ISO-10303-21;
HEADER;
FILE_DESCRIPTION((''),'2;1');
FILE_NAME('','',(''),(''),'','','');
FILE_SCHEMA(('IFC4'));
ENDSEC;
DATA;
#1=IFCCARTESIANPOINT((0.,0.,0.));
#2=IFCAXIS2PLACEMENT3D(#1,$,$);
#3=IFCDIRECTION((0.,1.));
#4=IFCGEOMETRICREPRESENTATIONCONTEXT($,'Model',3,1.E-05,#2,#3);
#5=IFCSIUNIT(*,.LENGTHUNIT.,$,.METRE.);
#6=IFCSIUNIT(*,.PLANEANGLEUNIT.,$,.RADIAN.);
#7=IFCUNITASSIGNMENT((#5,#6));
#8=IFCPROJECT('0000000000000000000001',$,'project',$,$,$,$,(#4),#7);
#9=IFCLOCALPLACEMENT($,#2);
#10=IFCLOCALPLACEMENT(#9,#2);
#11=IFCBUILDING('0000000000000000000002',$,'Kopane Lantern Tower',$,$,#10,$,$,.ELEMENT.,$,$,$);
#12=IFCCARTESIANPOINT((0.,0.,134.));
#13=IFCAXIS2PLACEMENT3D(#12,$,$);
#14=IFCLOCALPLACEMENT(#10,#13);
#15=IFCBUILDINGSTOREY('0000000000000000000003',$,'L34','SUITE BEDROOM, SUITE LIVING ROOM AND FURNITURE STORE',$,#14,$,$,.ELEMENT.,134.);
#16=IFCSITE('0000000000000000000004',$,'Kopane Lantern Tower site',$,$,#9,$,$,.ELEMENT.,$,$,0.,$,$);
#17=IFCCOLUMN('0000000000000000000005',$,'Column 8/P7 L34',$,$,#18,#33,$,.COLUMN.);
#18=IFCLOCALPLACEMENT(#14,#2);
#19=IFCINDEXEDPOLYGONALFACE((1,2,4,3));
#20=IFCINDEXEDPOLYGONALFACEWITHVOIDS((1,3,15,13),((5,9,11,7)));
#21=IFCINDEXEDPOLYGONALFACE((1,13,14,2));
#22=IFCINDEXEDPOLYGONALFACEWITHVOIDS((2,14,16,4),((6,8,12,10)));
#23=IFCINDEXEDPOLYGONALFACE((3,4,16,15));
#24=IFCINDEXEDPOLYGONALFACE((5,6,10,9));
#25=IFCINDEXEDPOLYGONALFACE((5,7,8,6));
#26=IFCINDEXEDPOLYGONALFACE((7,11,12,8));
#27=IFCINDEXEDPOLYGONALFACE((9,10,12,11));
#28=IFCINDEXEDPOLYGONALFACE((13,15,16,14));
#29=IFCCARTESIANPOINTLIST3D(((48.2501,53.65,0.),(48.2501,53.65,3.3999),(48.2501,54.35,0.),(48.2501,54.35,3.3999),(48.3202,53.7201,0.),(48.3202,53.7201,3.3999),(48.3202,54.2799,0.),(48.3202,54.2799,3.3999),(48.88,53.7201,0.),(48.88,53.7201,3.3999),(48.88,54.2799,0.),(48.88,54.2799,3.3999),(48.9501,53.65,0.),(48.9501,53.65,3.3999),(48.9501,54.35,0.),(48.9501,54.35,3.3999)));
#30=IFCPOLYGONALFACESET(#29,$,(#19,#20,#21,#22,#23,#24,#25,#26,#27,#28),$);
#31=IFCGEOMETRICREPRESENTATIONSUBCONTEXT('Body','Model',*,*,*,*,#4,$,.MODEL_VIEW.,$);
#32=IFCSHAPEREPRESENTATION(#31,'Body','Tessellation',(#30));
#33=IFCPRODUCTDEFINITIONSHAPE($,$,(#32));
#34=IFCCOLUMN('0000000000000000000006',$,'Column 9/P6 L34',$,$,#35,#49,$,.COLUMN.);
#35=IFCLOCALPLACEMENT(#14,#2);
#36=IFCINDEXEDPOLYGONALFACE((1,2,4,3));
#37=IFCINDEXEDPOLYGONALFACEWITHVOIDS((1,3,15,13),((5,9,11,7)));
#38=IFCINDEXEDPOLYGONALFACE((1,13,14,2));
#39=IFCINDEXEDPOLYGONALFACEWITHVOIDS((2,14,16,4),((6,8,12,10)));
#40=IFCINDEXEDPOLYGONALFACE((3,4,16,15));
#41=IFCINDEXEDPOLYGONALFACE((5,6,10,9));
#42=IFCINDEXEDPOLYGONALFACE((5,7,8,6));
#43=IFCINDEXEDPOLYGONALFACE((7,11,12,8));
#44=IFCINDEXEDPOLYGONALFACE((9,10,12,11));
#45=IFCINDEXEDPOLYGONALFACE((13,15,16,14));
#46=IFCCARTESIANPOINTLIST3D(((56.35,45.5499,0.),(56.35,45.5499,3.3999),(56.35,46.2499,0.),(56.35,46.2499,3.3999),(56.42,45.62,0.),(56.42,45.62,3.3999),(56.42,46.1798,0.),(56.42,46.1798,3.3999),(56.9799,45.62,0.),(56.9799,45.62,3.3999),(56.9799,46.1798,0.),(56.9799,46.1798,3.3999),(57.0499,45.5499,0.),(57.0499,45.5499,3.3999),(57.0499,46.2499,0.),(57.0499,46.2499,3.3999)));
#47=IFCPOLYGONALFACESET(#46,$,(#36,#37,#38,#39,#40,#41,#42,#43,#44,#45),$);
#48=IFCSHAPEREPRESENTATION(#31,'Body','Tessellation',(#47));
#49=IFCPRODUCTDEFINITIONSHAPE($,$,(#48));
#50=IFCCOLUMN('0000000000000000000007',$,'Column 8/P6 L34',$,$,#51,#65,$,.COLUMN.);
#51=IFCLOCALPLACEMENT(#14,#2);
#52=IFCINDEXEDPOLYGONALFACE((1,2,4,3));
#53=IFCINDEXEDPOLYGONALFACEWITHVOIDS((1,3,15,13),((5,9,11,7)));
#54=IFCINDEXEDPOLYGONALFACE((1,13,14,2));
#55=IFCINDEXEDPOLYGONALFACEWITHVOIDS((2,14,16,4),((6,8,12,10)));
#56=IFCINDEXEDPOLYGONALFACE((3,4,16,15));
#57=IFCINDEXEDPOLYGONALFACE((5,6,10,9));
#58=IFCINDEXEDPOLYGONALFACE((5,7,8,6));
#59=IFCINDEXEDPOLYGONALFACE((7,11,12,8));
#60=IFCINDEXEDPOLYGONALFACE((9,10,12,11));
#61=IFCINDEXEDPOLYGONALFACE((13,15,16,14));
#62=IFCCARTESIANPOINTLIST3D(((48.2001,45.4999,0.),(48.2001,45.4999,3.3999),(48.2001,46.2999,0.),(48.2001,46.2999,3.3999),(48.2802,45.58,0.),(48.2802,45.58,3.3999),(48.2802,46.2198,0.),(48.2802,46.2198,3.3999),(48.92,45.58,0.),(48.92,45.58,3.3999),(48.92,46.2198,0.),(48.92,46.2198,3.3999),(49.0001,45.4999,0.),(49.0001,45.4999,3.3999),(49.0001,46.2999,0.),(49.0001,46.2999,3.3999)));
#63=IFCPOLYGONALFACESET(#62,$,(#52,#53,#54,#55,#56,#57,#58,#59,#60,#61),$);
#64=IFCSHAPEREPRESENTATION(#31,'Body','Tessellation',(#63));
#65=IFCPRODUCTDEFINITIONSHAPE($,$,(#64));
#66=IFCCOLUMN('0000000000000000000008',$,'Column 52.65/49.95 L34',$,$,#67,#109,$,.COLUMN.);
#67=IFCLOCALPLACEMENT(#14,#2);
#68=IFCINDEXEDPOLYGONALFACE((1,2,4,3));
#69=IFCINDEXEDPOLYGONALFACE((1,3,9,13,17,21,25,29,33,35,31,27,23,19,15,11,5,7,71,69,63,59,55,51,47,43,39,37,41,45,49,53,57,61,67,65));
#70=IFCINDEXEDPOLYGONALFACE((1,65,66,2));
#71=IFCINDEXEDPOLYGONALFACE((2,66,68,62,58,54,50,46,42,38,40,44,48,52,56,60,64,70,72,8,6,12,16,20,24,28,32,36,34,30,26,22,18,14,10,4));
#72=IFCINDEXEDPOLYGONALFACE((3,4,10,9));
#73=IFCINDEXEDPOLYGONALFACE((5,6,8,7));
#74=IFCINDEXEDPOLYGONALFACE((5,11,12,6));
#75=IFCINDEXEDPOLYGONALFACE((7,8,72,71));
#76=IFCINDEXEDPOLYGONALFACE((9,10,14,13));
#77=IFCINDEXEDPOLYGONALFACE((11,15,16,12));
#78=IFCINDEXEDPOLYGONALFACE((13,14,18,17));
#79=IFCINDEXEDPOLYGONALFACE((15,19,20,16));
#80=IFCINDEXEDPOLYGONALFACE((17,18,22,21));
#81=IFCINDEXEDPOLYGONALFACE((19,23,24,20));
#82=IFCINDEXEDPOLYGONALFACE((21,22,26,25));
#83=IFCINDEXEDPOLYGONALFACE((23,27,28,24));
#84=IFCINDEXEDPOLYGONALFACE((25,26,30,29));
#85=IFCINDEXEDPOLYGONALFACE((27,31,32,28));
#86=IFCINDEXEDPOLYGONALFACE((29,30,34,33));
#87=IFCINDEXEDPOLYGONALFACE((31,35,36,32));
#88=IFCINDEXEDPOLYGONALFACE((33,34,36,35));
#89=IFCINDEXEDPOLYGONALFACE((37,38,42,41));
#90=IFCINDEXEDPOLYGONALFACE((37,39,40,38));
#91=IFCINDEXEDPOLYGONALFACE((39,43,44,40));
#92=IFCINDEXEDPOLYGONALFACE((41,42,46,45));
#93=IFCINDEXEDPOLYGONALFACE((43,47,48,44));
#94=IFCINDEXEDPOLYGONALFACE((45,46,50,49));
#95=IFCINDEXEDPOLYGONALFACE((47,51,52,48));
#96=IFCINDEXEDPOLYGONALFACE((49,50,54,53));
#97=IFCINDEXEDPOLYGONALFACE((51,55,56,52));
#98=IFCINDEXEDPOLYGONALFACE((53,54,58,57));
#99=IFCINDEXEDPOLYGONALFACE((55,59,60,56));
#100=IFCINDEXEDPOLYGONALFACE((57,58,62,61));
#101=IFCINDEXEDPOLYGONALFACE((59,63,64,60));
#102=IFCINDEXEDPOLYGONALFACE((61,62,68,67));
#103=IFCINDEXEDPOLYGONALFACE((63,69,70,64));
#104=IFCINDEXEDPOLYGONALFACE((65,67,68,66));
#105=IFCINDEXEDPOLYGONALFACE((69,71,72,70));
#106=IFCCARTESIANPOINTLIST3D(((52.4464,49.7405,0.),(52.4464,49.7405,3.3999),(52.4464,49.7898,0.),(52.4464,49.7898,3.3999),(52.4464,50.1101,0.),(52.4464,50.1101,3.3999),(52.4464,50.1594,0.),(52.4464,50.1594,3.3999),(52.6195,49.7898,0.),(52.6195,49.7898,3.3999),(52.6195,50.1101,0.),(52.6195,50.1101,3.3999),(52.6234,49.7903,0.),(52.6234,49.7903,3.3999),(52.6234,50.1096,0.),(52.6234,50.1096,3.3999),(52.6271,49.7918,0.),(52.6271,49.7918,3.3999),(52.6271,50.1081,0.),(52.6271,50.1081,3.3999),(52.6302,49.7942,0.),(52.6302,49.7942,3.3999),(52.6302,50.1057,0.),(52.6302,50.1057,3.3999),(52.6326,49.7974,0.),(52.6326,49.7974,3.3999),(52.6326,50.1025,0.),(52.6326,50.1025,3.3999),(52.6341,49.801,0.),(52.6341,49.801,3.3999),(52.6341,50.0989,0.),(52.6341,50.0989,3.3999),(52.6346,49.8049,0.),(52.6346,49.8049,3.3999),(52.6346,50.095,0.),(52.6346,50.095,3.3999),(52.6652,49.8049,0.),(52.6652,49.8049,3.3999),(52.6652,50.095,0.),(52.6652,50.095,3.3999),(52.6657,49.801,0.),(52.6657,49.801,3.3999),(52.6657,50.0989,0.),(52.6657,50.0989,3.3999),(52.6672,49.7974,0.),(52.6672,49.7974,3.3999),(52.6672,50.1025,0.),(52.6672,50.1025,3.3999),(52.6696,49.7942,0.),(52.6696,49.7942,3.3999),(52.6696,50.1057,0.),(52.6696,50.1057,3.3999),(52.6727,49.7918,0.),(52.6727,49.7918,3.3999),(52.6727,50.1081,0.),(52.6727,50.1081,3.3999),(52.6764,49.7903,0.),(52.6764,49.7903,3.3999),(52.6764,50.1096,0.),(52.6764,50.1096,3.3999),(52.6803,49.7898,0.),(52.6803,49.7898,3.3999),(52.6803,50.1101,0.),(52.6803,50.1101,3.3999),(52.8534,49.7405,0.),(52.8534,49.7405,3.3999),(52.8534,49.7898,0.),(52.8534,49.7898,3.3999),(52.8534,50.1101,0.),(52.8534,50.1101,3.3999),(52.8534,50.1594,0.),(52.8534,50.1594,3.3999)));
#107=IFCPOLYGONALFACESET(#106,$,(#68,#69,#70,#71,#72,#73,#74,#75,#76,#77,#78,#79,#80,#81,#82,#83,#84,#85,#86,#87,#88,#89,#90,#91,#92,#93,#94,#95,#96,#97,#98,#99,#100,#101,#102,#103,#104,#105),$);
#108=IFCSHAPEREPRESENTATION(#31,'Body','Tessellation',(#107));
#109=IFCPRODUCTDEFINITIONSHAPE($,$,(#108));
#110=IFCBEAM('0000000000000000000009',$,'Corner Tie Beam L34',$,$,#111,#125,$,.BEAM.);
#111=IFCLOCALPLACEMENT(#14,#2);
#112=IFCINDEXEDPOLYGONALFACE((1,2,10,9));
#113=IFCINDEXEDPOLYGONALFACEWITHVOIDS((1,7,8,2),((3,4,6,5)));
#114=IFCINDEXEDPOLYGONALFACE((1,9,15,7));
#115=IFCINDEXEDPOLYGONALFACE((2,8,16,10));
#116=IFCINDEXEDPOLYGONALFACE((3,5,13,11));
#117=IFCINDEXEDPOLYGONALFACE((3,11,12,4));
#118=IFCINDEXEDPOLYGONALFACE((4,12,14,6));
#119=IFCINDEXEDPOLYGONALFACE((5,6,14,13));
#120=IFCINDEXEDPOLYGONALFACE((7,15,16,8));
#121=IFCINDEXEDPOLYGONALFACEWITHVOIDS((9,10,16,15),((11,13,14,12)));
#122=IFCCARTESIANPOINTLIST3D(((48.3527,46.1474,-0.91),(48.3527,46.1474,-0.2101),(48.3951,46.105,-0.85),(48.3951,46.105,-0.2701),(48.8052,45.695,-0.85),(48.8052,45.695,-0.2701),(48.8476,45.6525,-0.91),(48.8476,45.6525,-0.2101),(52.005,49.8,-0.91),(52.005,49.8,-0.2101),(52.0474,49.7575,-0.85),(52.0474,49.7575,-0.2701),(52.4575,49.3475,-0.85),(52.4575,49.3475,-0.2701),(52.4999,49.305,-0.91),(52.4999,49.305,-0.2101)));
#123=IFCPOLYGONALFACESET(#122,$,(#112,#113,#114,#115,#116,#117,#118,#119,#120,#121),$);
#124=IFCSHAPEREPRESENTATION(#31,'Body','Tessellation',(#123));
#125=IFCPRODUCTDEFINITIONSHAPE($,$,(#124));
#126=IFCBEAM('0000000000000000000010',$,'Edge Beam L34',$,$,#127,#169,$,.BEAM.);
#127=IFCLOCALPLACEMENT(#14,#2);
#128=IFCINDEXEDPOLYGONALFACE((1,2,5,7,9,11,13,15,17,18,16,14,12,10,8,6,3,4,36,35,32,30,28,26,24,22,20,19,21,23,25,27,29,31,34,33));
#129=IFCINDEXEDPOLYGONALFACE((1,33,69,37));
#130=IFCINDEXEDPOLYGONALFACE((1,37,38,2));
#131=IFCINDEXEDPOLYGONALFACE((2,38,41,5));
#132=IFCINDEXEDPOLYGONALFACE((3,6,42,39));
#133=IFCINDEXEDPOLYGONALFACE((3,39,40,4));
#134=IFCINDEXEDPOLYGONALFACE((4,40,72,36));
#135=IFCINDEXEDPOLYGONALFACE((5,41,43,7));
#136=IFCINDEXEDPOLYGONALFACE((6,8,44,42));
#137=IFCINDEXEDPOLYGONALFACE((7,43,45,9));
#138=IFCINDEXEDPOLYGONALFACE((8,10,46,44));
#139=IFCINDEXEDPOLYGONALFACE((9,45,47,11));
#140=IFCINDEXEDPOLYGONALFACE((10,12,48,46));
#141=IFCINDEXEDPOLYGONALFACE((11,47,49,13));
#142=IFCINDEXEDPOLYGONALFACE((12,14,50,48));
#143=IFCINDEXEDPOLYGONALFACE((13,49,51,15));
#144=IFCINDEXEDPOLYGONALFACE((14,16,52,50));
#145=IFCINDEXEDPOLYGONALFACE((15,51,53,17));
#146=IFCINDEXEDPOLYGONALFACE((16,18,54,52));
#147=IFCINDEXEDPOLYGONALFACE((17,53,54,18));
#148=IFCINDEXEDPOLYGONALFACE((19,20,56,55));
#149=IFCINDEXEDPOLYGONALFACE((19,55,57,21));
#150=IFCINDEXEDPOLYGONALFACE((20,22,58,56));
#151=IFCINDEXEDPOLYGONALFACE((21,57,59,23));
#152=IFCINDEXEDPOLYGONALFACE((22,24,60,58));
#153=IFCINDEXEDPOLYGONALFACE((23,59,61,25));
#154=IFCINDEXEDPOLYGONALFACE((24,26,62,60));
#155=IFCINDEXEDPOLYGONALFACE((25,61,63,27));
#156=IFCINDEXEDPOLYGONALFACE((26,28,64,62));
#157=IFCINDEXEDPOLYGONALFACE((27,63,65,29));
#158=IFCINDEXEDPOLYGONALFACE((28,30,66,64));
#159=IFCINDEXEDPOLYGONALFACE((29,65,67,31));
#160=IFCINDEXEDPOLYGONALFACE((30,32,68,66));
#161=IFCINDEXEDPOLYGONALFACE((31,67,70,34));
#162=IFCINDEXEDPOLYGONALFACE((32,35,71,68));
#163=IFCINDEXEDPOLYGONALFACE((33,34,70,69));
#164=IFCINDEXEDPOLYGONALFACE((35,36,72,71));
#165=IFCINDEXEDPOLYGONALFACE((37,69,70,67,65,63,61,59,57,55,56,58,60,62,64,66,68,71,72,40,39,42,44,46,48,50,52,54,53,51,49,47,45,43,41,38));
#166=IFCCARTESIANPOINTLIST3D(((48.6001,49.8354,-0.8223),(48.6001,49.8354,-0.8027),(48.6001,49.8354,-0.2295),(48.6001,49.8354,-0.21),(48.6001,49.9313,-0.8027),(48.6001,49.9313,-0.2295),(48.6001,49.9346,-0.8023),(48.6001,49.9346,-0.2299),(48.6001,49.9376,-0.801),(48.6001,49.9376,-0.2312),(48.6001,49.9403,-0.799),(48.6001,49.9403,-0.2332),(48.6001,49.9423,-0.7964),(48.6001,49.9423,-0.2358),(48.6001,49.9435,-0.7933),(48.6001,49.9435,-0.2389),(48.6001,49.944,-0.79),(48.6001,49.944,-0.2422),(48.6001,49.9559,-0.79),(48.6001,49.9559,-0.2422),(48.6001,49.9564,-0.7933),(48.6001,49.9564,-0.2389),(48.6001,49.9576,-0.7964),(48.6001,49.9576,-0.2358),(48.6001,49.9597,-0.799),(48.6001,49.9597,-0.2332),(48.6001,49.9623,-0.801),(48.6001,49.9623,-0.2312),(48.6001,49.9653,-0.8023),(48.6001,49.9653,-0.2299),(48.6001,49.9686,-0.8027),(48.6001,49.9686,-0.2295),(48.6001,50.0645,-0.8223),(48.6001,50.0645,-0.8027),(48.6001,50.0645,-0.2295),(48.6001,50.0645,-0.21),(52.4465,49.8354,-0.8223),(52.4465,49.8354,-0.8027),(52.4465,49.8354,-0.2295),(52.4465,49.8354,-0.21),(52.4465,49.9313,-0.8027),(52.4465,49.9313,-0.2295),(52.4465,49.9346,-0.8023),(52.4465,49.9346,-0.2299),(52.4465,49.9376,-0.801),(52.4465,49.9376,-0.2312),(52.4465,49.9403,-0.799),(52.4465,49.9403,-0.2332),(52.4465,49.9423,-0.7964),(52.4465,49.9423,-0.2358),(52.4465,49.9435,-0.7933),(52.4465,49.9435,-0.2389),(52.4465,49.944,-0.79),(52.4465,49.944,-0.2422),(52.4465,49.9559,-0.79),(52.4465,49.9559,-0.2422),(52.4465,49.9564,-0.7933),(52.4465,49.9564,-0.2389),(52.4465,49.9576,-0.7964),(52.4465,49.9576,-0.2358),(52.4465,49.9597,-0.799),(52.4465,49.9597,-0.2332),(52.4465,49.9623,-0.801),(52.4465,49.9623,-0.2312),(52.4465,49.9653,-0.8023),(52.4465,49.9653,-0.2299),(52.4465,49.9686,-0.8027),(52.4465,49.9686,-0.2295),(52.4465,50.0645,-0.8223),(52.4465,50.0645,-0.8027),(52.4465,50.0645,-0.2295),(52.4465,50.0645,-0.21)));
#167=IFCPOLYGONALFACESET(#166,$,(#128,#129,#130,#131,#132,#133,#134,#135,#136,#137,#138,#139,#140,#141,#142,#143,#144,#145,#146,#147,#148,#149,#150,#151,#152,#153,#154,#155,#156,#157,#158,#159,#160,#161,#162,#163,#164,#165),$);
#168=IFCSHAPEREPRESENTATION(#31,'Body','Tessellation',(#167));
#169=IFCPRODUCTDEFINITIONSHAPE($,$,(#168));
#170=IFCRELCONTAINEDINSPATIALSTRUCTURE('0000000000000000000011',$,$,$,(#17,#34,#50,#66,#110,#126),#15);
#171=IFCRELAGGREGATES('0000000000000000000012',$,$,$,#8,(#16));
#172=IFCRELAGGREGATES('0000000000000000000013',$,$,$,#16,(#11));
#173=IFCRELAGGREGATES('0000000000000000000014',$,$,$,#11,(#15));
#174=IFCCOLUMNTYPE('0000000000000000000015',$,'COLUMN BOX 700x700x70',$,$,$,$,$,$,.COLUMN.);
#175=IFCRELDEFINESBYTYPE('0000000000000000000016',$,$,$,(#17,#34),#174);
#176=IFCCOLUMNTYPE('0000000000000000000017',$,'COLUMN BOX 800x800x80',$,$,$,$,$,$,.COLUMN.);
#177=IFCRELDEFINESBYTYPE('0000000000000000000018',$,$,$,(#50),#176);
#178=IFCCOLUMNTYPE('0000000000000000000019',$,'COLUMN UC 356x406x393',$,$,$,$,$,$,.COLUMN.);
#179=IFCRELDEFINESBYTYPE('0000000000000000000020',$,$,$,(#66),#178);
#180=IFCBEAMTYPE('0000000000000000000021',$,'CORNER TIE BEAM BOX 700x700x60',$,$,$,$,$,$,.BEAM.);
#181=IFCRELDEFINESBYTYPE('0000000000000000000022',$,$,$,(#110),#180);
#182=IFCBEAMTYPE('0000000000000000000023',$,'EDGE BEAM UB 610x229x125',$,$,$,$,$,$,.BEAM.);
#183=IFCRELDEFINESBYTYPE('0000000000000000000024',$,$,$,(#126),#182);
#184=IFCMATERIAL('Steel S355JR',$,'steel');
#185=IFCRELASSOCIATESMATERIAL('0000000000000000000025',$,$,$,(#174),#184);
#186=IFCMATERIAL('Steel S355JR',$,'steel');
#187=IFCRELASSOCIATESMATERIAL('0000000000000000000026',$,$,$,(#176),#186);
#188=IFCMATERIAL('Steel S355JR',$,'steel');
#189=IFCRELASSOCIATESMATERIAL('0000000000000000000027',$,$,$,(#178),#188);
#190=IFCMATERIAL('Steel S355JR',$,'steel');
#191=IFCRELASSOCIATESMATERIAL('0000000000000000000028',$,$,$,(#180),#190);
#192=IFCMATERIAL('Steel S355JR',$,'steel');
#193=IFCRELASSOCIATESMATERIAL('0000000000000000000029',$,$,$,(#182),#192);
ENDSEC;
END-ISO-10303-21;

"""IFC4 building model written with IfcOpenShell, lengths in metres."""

from ifc_helpers import new_model, si_unit, direction, frame, origin, origin_2d, place, context, subcontext, project, spatial, hollow_rectangle, i_section, extrude, material, material_profile, profile_set, type_object, element, save


model = new_model("IFC4")

# Units and contexts
model_context = context("Model", 3, precision=1e-05, world=origin(), true_north=direction((0.0, 1.0)))
body_context = subcontext(model_context, "Body", "Model", "MODEL_VIEW")
ifc_project = project(units=[si_unit("LENGTHUNIT", "METRE"), si_unit("PLANEANGLEUNIT", "RADIAN")], contexts=[model_context])

# Site, building, storey
site_placement = place(None, origin())
site = spatial("IfcSite", under=ifc_project, at=site_placement, Name="Kopane Lantern Tower site", CompositionType="ELEMENT", RefElevation=0.0)
building_placement = place(site_placement, origin())
building = spatial("IfcBuilding", under=site, at=building_placement, Name="Kopane Lantern Tower", CompositionType="ELEMENT")
storey_placement = place(building_placement, frame((0.0, 0.0, 134.0)))
storey = spatial("IfcBuildingStorey", under=building, at=storey_placement, Name="L34", Description="SUITE BEDROOM, SUITE LIVING ROOM AND FURNITURE STORE", CompositionType="ELEMENT", Elevation=134.0)

# Columns
ifc_material_1 = material(Name="Steel S355JR", Category="steel")
ifc_material_profile_1 = material_profile(ifc_material_1, hollow_rectangle(XDim=0.7, YDim=0.7, WallThickness=0.0701, at=origin_2d()), Name="BOX 700x700x70")
ifc_profile_set_1 = profile_set([ifc_material_profile_1], Name="Steel S355JR")
column_type_1 = type_object("IfcColumnType", Name="COLUMN BOX 700x700x70", PredefinedType="COLUMN", material=ifc_profile_set_1)
for number, where, z_axis, x_axis, name in (
    (1, (48.6001, 54.0, 0.0), (0.0, 0.0, 1.0), (1.0, 0.0, 0.0), "Column 8/P7 L34"),
    (2, (56.7, 45.8999, 0.0), (0.0, 0.0, 1.0), (1.0, 0.0, 0.0), "Column 9/P6 L34"),
):
    element("IfcColumn", number, at=place(storey_placement, frame(where, z_axis=z_axis, x_axis=x_axis)), inside=storey, type_object=column_type_1, Name=name, PredefinedType="COLUMN", context=body_context, shape_type="SweptSolid", body=[
        extrude(hollow_rectangle(XDim=0.7, YDim=0.7, WallThickness=0.0701, at=origin_2d()), origin(), (0.0, 0.0, 1.0), 3.3999),
    ])
ifc_material_2 = material(Name="Steel S355JR", Category="steel")
ifc_material_profile_2 = material_profile(ifc_material_2, hollow_rectangle(XDim=0.8, YDim=0.8, WallThickness=0.0801, at=origin_2d()), Name="BOX 800x800x80")
ifc_profile_set_2 = profile_set([ifc_material_profile_2], Name="Steel S355JR")
column_type_2 = type_object("IfcColumnType", Name="COLUMN BOX 800x800x80", PredefinedType="COLUMN", material=ifc_profile_set_2)
column_1_placement = place(storey_placement, frame((48.6001, 45.8999, 0.0), z_axis=(0.0, 0.0, 1.0), x_axis=(1.0, 0.0, 0.0)))
element("IfcColumn", 3, at=column_1_placement, inside=storey, type_object=column_type_2, Name="Column 8/P6 L34", PredefinedType="COLUMN", context=body_context, shape_type="SweptSolid", body=[
    extrude(hollow_rectangle(XDim=0.8, YDim=0.8, WallThickness=0.0801, at=origin_2d()), origin(), (0.0, 0.0, 1.0), 3.3999),
])
ifc_material_3 = material(Name="Steel S355JR", Category="steel")
ifc_material_profile_3 = material_profile(ifc_material_3, i_section(OverallWidth=0.407, OverallDepth=0.4189, WebThickness=0.0305, FlangeThickness=0.0493, FilletRadius=0.0151, at=origin_2d()), Name="UC 356x406x393")
ifc_profile_set_3 = profile_set([ifc_material_profile_3], Name="Steel S355JR")
column_type_3 = type_object("IfcColumnType", Name="COLUMN UC 356x406x393", PredefinedType="COLUMN", material=ifc_profile_set_3)
column_2_placement = place(storey_placement, frame((52.6499, 49.95, 0.0), z_axis=(0.0, 0.0, 1.0), x_axis=(1.0, 0.0, 0.0)))
element("IfcColumn", 4, at=column_2_placement, inside=storey, type_object=column_type_3, Name="Column 52.65/49.95 L34", PredefinedType="COLUMN", context=body_context, shape_type="SweptSolid", body=[
    extrude(i_section(OverallWidth=0.407, OverallDepth=0.4189, WebThickness=0.0305, FlangeThickness=0.0493, FilletRadius=0.0151, at=origin_2d()), origin(), (0.0, 0.0, 1.0), 3.3999),
])

# Beams
ifc_material_4 = material(Name="Steel S355JR", Category="steel")
ifc_material_profile_4 = material_profile(ifc_material_4, hollow_rectangle(XDim=0.7, YDim=0.7, WallThickness=0.0601, at=origin_2d()), Name="BOX 700x700x60")
ifc_profile_set_4 = profile_set([ifc_material_profile_4], Name="Steel S355JR")
beam_type_1 = type_object("IfcBeamType", Name="CORNER TIE BEAM BOX 700x700x60", PredefinedType="BEAM", material=ifc_profile_set_4)
beam_1_placement = place(storey_placement, frame((52.2524, 49.5525, -0.5601), z_axis=(-0.707083, -0.70713, 0.0), x_axis=(0.70713, -0.707083, 0.0)))
element("IfcBeam", 5, at=beam_1_placement, inside=storey, type_object=beam_type_1, Name="Corner Tie Beam L34", PredefinedType="BEAM", context=body_context, shape_type="SweptSolid", body=[
    extrude(hollow_rectangle(XDim=0.7, YDim=0.7, WallThickness=0.0601, at=origin_2d()), origin(), (0.0, 0.0, 1.0), 5.1653),
])
ifc_material_5 = material(Name="Steel S355JR", Category="steel")
ifc_material_profile_5 = material_profile(ifc_material_5, i_section(OverallWidth=0.229, OverallDepth=0.6123, WebThickness=0.012, FlangeThickness=0.0195, FilletRadius=0.0127, at=origin_2d()), Name="UB 610x229x125")
ifc_profile_set_5 = profile_set([ifc_material_profile_5], Name="Steel S355JR")
beam_type_2 = type_object("IfcBeamType", Name="EDGE BEAM UB 610x229x125", PredefinedType="BEAM", material=ifc_profile_set_5)
beam_2_placement = place(storey_placement, frame((52.4465, 49.95, -0.5161), z_axis=(-1.0, 0.0, 0.0), x_axis=(0.0, -1.0, 0.0)))
element("IfcBeam", 6, at=beam_2_placement, inside=storey, type_object=beam_type_2, Name="Edge Beam L34", PredefinedType="BEAM", context=body_context, shape_type="SweptSolid", body=[
    extrude(i_section(OverallWidth=0.229, OverallDepth=0.6123, WebThickness=0.012, FlangeThickness=0.0195, FilletRadius=0.0127, at=origin_2d()), origin(), (0.0, 0.0, 1.0), 3.8464),
])

save(model, "model.ifc")
